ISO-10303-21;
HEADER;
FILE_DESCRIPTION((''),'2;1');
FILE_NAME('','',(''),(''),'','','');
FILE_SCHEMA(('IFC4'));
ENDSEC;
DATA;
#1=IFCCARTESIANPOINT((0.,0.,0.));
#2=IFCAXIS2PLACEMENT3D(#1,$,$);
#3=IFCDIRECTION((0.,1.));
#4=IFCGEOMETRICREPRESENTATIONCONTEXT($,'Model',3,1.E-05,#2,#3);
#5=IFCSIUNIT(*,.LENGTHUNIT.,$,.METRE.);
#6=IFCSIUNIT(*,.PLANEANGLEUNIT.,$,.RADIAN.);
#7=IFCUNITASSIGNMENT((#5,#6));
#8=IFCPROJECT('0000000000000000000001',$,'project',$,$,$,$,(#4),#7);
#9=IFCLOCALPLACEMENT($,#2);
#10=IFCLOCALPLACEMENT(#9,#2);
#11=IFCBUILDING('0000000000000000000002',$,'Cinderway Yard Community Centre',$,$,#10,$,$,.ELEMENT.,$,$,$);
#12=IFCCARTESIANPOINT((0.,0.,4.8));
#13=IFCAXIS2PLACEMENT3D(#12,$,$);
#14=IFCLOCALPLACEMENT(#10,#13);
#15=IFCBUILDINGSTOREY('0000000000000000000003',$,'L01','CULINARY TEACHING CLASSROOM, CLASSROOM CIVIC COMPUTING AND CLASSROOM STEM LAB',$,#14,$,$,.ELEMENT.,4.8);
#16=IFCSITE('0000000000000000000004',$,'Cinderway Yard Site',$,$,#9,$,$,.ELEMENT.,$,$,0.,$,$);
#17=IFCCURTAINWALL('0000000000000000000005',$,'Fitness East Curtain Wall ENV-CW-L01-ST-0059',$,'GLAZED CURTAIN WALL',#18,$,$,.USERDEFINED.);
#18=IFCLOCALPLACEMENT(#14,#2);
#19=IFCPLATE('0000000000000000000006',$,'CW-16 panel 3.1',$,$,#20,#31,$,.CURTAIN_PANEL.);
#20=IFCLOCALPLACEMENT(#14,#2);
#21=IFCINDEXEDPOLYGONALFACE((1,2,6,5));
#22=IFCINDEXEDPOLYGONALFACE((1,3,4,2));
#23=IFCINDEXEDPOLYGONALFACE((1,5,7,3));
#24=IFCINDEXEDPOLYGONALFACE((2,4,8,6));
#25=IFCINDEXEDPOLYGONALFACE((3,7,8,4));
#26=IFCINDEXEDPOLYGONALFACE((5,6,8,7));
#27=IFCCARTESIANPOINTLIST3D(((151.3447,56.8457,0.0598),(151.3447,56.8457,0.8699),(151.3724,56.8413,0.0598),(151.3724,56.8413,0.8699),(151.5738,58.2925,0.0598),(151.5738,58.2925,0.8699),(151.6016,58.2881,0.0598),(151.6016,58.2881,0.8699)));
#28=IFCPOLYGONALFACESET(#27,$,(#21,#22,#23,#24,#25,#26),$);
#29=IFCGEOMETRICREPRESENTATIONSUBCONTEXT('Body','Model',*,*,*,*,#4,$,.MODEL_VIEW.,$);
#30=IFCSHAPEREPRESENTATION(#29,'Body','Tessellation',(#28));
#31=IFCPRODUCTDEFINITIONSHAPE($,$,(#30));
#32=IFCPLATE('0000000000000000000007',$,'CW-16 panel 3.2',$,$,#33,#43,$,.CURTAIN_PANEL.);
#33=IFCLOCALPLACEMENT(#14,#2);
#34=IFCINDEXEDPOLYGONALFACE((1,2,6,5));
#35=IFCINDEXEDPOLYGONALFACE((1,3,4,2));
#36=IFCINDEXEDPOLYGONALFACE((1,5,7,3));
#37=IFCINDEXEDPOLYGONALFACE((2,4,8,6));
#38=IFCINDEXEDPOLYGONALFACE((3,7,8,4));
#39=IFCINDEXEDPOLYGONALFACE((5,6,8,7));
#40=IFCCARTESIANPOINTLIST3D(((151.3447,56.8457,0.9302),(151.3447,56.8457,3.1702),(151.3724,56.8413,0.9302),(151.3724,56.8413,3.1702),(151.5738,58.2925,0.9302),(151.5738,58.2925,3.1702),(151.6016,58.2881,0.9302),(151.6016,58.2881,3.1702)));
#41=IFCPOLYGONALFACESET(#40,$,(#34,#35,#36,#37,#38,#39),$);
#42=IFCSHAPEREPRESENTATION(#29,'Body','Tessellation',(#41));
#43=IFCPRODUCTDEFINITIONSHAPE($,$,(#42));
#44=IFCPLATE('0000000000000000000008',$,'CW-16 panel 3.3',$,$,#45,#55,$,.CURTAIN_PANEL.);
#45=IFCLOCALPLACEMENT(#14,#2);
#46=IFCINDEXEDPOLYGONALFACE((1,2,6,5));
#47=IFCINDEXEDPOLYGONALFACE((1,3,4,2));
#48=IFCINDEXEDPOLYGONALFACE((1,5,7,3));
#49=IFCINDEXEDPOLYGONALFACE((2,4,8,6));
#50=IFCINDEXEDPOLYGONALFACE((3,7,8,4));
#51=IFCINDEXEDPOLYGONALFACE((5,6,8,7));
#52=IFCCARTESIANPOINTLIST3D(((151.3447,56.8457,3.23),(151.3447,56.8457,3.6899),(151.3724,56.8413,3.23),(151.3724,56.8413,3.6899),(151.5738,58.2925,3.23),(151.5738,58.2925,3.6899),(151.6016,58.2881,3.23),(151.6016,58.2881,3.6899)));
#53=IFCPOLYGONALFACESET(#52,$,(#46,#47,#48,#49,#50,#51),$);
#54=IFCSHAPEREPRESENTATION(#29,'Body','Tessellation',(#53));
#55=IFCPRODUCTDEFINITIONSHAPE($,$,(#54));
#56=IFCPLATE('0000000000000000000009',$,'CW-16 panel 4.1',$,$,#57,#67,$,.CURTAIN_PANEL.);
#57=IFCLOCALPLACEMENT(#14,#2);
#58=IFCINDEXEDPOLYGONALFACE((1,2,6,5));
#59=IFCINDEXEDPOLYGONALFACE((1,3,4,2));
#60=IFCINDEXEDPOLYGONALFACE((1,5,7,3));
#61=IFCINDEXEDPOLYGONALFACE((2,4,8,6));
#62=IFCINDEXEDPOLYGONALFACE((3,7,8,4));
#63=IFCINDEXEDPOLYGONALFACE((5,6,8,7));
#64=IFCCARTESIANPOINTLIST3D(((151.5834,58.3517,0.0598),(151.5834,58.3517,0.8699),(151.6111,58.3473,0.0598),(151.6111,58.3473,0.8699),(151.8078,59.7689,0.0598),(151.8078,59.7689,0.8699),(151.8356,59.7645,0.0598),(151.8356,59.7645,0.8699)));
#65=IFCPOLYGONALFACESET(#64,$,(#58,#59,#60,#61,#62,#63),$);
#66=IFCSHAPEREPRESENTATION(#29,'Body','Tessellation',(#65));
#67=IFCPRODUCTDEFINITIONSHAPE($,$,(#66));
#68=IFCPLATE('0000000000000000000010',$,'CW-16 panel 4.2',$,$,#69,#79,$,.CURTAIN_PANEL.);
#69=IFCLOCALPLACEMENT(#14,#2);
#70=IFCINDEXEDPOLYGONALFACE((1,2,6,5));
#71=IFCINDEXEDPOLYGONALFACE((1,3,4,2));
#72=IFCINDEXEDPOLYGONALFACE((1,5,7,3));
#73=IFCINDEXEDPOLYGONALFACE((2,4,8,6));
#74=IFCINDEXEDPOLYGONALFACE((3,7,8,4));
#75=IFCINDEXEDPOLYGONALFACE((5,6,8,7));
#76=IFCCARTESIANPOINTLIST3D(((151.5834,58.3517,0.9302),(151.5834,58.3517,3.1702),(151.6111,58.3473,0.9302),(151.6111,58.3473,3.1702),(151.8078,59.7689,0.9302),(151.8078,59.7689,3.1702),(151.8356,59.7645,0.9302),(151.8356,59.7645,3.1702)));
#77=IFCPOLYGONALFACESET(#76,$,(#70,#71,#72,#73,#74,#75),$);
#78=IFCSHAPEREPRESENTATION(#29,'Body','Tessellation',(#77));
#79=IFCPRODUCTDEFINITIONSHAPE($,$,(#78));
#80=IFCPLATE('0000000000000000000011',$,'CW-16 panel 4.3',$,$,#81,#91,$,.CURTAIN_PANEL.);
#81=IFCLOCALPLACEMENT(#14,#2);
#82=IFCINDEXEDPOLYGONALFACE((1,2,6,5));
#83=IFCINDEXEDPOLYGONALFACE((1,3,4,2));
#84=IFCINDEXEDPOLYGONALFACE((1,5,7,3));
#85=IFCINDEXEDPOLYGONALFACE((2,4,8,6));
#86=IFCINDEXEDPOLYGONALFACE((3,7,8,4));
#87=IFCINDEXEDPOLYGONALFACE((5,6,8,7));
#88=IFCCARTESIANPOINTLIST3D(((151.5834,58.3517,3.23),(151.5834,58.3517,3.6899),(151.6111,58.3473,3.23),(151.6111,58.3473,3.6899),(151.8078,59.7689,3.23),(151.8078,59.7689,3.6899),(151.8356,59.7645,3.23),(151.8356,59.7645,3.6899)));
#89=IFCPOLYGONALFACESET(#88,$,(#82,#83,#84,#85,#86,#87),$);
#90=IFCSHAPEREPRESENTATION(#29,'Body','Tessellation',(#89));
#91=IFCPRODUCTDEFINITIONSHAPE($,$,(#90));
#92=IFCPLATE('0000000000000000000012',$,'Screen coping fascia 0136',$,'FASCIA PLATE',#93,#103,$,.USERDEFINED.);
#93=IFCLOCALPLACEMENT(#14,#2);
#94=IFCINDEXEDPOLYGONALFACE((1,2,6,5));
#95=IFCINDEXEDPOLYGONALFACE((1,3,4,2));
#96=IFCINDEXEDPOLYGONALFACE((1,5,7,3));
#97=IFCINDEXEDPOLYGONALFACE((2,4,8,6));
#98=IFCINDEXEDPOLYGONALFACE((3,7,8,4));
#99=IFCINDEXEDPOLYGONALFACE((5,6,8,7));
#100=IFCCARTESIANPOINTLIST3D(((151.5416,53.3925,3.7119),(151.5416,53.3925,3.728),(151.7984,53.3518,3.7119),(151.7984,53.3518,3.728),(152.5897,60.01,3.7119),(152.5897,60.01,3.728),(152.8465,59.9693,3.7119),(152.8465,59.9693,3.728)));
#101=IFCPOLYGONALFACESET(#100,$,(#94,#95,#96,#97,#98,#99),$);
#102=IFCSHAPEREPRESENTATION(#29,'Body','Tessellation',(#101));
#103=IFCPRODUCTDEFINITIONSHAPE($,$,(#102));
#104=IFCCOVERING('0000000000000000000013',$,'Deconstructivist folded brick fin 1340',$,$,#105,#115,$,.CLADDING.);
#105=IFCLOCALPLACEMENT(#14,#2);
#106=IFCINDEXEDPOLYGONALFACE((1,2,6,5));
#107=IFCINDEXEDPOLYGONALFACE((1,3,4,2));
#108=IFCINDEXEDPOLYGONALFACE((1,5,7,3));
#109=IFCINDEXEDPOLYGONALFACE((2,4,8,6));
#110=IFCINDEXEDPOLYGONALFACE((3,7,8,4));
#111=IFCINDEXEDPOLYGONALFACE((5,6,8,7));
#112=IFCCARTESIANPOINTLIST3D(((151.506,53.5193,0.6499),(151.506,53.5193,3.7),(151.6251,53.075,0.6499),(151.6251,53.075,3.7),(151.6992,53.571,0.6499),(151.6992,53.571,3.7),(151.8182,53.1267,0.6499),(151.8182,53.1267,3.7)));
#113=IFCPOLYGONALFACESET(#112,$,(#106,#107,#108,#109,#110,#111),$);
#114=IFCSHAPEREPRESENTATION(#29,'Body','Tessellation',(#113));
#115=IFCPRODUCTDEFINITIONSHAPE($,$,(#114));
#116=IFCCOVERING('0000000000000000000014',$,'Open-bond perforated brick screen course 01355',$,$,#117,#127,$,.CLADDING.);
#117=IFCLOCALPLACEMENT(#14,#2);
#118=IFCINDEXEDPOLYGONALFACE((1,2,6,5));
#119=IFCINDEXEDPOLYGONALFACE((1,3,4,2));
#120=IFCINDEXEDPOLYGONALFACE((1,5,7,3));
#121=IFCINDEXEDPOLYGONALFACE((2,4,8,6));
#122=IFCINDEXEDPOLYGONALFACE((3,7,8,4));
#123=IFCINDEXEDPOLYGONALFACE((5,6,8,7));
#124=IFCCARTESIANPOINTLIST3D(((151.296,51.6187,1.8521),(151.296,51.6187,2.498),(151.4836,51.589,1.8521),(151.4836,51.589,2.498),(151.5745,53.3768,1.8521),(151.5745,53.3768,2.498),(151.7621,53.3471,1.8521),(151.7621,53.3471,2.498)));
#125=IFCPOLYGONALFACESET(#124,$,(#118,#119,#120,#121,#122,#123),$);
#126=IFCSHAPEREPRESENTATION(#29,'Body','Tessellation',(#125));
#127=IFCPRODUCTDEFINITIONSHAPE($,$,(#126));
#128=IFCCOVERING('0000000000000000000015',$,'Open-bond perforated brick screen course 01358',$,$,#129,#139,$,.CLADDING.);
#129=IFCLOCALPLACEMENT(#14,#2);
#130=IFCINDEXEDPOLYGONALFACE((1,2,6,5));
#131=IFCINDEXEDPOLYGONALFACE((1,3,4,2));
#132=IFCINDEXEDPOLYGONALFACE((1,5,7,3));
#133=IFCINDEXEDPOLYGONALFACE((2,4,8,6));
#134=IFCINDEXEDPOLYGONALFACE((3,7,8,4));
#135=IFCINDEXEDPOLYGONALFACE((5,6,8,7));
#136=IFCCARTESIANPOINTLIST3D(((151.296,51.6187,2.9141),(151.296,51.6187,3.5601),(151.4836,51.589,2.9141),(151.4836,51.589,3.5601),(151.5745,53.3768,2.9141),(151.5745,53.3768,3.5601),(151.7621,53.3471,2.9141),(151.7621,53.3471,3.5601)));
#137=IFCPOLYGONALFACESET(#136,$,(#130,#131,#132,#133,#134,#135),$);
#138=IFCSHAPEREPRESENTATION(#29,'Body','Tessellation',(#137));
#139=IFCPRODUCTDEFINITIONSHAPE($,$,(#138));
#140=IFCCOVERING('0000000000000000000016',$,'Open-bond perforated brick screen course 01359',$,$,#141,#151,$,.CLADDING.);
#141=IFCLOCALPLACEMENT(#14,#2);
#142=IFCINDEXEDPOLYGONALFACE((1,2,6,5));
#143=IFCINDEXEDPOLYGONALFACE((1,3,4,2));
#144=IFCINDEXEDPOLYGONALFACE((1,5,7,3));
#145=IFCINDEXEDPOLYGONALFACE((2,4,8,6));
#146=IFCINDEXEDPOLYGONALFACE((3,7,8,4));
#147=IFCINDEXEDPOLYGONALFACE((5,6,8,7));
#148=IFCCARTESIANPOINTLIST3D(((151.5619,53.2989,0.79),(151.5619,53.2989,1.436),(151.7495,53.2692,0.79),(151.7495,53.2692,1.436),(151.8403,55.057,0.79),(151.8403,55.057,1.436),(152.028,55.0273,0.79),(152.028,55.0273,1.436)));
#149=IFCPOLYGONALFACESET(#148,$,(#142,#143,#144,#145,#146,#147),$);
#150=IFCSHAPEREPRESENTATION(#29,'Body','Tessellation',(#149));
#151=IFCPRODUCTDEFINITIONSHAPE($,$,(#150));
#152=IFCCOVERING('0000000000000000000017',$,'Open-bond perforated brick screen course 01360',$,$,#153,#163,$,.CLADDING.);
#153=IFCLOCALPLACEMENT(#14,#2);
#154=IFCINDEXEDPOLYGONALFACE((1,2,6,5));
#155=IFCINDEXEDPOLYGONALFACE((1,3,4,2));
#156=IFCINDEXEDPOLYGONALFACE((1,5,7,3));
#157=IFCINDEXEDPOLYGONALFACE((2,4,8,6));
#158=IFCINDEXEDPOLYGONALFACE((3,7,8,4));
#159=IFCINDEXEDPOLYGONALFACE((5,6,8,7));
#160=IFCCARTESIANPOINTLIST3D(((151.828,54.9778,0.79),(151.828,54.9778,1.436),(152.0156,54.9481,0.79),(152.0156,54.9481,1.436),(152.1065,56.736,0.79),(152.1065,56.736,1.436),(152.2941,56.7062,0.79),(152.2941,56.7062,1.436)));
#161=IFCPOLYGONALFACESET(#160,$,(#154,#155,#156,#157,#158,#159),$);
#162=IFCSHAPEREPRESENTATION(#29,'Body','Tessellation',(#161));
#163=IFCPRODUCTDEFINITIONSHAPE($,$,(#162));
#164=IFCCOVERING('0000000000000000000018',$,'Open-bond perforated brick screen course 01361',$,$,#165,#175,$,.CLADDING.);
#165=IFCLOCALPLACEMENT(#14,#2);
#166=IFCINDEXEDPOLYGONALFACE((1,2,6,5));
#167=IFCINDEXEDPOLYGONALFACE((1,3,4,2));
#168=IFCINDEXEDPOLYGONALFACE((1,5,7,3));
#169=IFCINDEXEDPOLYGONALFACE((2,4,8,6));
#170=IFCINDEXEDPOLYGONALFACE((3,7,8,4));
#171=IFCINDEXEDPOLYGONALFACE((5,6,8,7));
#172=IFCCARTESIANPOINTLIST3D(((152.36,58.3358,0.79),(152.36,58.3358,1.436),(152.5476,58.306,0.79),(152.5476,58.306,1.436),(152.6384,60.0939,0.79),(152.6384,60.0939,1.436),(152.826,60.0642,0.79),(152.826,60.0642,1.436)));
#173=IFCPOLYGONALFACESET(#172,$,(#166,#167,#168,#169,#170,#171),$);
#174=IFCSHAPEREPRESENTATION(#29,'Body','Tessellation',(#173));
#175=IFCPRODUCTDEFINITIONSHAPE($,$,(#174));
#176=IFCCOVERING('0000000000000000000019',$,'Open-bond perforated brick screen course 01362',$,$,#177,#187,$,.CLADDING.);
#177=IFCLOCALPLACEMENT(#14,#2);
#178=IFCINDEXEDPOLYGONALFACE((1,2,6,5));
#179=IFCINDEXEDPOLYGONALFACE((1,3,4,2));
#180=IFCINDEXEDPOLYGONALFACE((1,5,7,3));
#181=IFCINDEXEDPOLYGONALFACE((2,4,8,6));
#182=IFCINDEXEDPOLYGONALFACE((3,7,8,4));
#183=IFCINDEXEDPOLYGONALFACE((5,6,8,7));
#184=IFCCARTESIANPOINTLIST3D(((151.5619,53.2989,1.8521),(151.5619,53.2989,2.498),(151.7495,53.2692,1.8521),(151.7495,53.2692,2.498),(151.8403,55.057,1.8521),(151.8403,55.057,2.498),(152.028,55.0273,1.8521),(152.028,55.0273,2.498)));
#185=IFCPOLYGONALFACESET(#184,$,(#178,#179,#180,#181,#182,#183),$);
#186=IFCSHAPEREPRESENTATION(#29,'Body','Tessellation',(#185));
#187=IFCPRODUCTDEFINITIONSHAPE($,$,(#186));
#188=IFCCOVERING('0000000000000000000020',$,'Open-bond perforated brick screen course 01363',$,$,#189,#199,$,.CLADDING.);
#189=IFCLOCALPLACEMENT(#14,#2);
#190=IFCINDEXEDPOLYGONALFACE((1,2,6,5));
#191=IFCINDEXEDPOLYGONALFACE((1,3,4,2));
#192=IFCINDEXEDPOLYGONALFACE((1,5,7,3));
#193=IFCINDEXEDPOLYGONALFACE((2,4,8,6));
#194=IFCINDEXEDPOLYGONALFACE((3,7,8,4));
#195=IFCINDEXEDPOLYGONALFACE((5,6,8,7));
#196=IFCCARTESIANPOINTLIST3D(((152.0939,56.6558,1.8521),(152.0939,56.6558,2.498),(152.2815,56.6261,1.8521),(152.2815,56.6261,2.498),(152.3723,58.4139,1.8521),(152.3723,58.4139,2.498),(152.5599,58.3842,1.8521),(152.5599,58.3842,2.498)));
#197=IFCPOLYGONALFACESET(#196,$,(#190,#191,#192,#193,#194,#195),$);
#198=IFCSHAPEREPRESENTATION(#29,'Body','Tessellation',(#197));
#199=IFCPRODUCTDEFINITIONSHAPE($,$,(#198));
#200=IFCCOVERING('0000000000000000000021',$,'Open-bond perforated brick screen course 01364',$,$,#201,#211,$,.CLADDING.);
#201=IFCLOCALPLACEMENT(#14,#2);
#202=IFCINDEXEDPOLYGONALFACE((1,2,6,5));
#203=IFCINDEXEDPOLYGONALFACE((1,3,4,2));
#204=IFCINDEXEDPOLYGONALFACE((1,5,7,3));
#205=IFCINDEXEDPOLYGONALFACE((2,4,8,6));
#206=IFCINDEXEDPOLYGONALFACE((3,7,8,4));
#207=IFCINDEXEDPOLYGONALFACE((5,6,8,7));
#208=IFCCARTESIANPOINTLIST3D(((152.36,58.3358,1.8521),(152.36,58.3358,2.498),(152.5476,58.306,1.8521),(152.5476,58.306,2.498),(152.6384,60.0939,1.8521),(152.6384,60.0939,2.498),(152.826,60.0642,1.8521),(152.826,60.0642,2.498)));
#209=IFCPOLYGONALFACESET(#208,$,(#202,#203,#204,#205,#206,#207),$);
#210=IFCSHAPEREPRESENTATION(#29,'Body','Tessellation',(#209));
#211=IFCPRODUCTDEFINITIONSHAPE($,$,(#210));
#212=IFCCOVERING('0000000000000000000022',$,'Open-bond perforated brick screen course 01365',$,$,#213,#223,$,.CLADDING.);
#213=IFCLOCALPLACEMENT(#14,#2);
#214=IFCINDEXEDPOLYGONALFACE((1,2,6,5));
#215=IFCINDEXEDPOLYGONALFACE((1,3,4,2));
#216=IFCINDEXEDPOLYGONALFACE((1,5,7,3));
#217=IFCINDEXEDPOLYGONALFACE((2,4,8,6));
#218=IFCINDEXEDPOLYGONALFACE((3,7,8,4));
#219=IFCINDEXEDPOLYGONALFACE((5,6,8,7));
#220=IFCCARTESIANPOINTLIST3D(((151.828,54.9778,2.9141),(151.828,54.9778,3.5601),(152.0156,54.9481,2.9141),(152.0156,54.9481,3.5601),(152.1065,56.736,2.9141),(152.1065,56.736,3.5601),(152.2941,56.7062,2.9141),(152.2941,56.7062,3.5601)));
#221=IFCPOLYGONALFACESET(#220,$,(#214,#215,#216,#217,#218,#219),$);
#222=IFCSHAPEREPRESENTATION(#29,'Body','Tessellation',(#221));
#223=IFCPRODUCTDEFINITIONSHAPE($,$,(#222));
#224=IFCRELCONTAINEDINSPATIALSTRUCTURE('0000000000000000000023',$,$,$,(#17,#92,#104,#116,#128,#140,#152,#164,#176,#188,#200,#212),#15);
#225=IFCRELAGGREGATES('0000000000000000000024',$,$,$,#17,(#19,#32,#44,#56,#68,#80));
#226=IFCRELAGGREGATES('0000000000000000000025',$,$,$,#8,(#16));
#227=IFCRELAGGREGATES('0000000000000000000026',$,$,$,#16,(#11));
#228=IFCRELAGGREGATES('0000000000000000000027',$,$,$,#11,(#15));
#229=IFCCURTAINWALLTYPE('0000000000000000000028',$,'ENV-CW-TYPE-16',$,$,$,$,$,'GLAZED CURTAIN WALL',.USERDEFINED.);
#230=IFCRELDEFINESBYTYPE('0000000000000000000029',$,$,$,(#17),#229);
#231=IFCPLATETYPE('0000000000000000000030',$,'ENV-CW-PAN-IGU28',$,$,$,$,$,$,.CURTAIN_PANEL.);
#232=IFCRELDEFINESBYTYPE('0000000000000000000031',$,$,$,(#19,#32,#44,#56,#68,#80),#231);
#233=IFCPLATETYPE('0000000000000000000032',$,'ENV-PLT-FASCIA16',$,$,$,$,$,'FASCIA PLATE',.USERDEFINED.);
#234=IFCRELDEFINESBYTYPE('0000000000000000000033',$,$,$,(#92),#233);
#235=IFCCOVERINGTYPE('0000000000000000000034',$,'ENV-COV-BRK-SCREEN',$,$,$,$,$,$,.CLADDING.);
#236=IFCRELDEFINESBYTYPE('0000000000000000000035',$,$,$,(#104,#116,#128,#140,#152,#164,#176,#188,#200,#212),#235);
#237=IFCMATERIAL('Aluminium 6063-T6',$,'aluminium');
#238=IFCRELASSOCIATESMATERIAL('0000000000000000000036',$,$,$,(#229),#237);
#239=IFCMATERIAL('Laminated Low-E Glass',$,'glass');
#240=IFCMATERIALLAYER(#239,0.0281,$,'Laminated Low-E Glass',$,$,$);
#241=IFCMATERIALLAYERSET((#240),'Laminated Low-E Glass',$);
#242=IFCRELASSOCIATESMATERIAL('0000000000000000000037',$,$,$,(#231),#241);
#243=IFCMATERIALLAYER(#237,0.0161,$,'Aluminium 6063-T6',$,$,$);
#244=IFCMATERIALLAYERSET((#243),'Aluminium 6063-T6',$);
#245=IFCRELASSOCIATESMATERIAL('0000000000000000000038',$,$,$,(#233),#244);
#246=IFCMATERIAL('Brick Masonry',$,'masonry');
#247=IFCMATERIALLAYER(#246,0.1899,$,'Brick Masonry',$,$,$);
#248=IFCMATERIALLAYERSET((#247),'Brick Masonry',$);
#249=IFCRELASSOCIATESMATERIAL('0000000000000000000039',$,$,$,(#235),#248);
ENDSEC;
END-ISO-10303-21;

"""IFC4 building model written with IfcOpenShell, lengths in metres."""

from ifc_helpers import new_model, si_unit, direction, frame, origin, origin_2d, place, context, subcontext, project, spatial, rectangle, extrude, material, layer, layer_set, type_object, element, aggregate, save


model = new_model("IFC4")

# Units and contexts
model_context = context("Model", 3, precision=1e-05, world=origin(), true_north=direction((0.0, 1.0)))
body_context = subcontext(model_context, "Body", "Model", "MODEL_VIEW")
ifc_project = project(units=[si_unit("LENGTHUNIT", "METRE"), si_unit("PLANEANGLEUNIT", "RADIAN")], contexts=[model_context])

# Site, building, storey
site_placement = place(None, origin())
site = spatial("IfcSite", under=ifc_project, at=site_placement, Name="Cinderway Yard Site", CompositionType="ELEMENT", RefElevation=0.0)
building_placement = place(site_placement, origin())
building = spatial("IfcBuilding", under=site, at=building_placement, Name="Cinderway Yard Community Centre", CompositionType="ELEMENT")
storey_placement = place(building_placement, frame((0.0, 0.0, 4.8)))
storey = spatial("IfcBuildingStorey", under=building, at=storey_placement, Name="L01", Description="CULINARY TEACHING CLASSROOM, CLASSROOM CIVIC COMPUTING AND CLASSROOM STEM LAB", CompositionType="ELEMENT", Elevation=4.8)

# Curtain wall
ifc_material_1 = material(Name="Aluminium 6063-T6", Category="aluminium")
curtain_wall_type = type_object("IfcCurtainWallType", Name="ENV-CW-TYPE-16", ElementType="GLAZED CURTAIN WALL", PredefinedType="USERDEFINED", material=ifc_material_1)
curtain_wall_placement = place(storey_placement, origin())
curtain_wall = element("IfcCurtainWall", 1, at=curtain_wall_placement, inside=storey, type_object=curtain_wall_type, Name="Fitness East Curtain Wall ENV-CW-L01-ST-0059", ObjectType="GLAZED CURTAIN WALL", PredefinedType="USERDEFINED")

# Plates
ifc_material_2 = material(Name="Laminated Low-E Glass", Category="glass")
ifc_layer_1 = layer(ifc_material_2, 0.0281, Name="Laminated Low-E Glass")
ifc_layer_set_1 = layer_set([ifc_layer_1], Name="Laminated Low-E Glass")
plate_type_1 = type_object("IfcPlateType", Name="ENV-CW-PAN-IGU28", PredefinedType="CURTAIN_PANEL", material=ifc_layer_set_1)
plate_1_placement = place(storey_placement, frame((151.4731, 57.5669, 0.0598), z_axis=(0.0, 0.0, 1.0), x_axis=(0.156417, 0.987691, 0.0)))
plate_1 = element("IfcPlate", 2, at=plate_1_placement, type_object=plate_type_1, Name="CW-16 panel 3.1", PredefinedType="CURTAIN_PANEL", context=body_context, shape_type="SweptSolid", body=[
    extrude(rectangle(XDim=1.4648, YDim=0.0281, at=origin_2d()), origin(), (0.0, 0.0, 1.0), 0.8101),
])
plate_2_placement = place(storey_placement, frame((151.4731, 57.5669, 0.9302), z_axis=(0.0, 0.0, 1.0), x_axis=(0.156417, 0.987691, 0.0)))
plate_2 = element("IfcPlate", 3, at=plate_2_placement, type_object=plate_type_1, Name="CW-16 panel 3.2", PredefinedType="CURTAIN_PANEL", context=body_context, shape_type="SweptSolid", body=[
    extrude(rectangle(XDim=1.4648, YDim=0.0281, at=origin_2d()), origin(), (0.0, 0.0, 1.0), 2.24),
])
plate_3_placement = place(storey_placement, frame((151.4731, 57.5669, 3.23), z_axis=(0.0, 0.0, 1.0), x_axis=(0.156417, 0.987691, 0.0)))
plate_3 = element("IfcPlate", 4, at=plate_3_placement, type_object=plate_type_1, Name="CW-16 panel 3.3", PredefinedType="CURTAIN_PANEL", context=body_context, shape_type="SweptSolid", body=[
    extrude(rectangle(XDim=1.4648, YDim=0.0281, at=origin_2d()), origin(), (0.0, 0.0, 1.0), 0.46),
])
plate_4_placement = place(storey_placement, frame((151.7095, 59.0581, 0.0598), z_axis=(0.0, 0.0, 1.0), x_axis=(0.156417, 0.987691, 0.0)))
plate_4 = element("IfcPlate", 5, at=plate_4_placement, type_object=plate_type_1, Name="CW-16 panel 4.1", PredefinedType="CURTAIN_PANEL", context=body_context, shape_type="SweptSolid", body=[
    extrude(rectangle(XDim=1.4348, YDim=0.0281, at=origin_2d()), origin(), (0.0, 0.0, 1.0), 0.8101),
])
plate_5_placement = place(storey_placement, frame((151.7095, 59.0581, 0.9302), z_axis=(0.0, 0.0, 1.0), x_axis=(0.156417, 0.987691, 0.0)))
plate_5 = element("IfcPlate", 6, at=plate_5_placement, type_object=plate_type_1, Name="CW-16 panel 4.2", PredefinedType="CURTAIN_PANEL", context=body_context, shape_type="SweptSolid", body=[
    extrude(rectangle(XDim=1.4348, YDim=0.0281, at=origin_2d()), origin(), (0.0, 0.0, 1.0), 2.24),
])
plate_6_placement = place(storey_placement, frame((151.7095, 59.0581, 3.23), z_axis=(0.0, 0.0, 1.0), x_axis=(0.156417, 0.987691, 0.0)))
plate_6 = element("IfcPlate", 7, at=plate_6_placement, type_object=plate_type_1, Name="CW-16 panel 4.3", PredefinedType="CURTAIN_PANEL", context=body_context, shape_type="SweptSolid", body=[
    extrude(rectangle(XDim=1.4348, YDim=0.0281, at=origin_2d()), origin(), (0.0, 0.0, 1.0), 0.46),
])
aggregate(curtain_wall, [plate_1, plate_2, plate_3, plate_4, plate_5, plate_6])
ifc_layer_2 = layer(ifc_material_1, 0.0161, Name="Aluminium 6063-T6")
ifc_layer_set_2 = layer_set([ifc_layer_2], Name="Aluminium 6063-T6")
plate_type_2 = type_object("IfcPlateType", Name="ENV-PLT-FASCIA16", ElementType="FASCIA PLATE", PredefinedType="USERDEFINED", material=ifc_layer_set_2)
plate_7_placement = place(storey_placement, frame((152.1941, 56.6809, 3.7119), z_axis=(0.0, 0.0, 1.0), x_axis=(-0.156434, -0.987688, 0.0)))
element("IfcPlate", 8, at=plate_7_placement, inside=storey, type_object=plate_type_2, Name="Screen coping fascia 0136", ObjectType="FASCIA PLATE", PredefinedType="USERDEFINED", context=body_context, shape_type="SweptSolid", body=[
    extrude(rectangle(XDim=6.7, YDim=0.26, at=origin_2d()), origin(), (0.0, 0.0, 1.0), 0.0161),
])

# Coverings
ifc_material_3 = material(Name="Brick Masonry", Category="masonry")
ifc_layer_3 = layer(ifc_material_3, 0.1899, Name="Brick Masonry")
ifc_layer_set_3 = layer_set([ifc_layer_3], Name="Brick Masonry")
covering_type = type_object("IfcCoveringType", Name="ENV-COV-BRK-SCREEN", PredefinedType="CLADDING", material=ifc_layer_set_3)
covering_placement = place(storey_placement, frame((151.6621, 53.323, 0.6499), z_axis=(0.0, 0.0, 1.0), x_axis=(0.258819, -0.965926, 0.0)))
element("IfcCovering", 9, at=covering_placement, inside=storey, type_object=covering_type, Name="Deconstructivist folded brick fin 1340", PredefinedType="CLADDING", context=body_context, shape_type="SweptSolid", body=[
    extrude(rectangle(XDim=0.46, YDim=0.2, at=origin_2d()), origin(), (0.0, 0.0, 1.0), 3.05),
])
for number, where, z_axis, x_axis, name in (
    (10, (151.5291, 52.4829, 1.8521), (0.0, 0.0, 1.0), (-0.156434, -0.987688, 0.0), "Open-bond perforated brick screen course 01355"),
    (11, (151.5291, 52.4829, 2.9141), (0.0, 0.0, 1.0), (-0.156434, -0.987688, 0.0), "Open-bond perforated brick screen course 01358"),
    (12, (151.7949, 54.1631, 0.79), (0.0, 0.0, 1.0), (-0.156434, -0.987688, 0.0), "Open-bond perforated brick screen course 01359"),
    (13, (152.061, 55.842, 0.79), (0.0, 0.0, 1.0), (-0.156434, -0.987688, 0.0), "Open-bond perforated brick screen course 01360"),
    (14, (152.593, 59.2, 0.79), (0.0, 0.0, 1.0), (-0.156434, -0.987688, 0.0), "Open-bond perforated brick screen course 01361"),
    (15, (151.7949, 54.1631, 1.8521), (0.0, 0.0, 1.0), (-0.156434, -0.987688, 0.0), "Open-bond perforated brick screen course 01362"),
    (16, (152.3269, 57.52, 1.8521), (0.0, 0.0, 1.0), (-0.156434, -0.987688, 0.0), "Open-bond perforated brick screen course 01363"),
    (17, (152.593, 59.2, 1.8521), (0.0, 0.0, 1.0), (-0.156434, -0.987688, 0.0), "Open-bond perforated brick screen course 01364"),
    (18, (152.061, 55.842, 2.9141), (0.0, 0.0, 1.0), (-0.156434, -0.987688, 0.0), "Open-bond perforated brick screen course 01365"),
):
    element("IfcCovering", number, at=place(storey_placement, frame(where, z_axis=z_axis, x_axis=x_axis)), inside=storey, type_object=covering_type, Name=name, PredefinedType="CLADDING", context=body_context, shape_type="SweptSolid", body=[
        extrude(rectangle(XDim=1.78, YDim=0.1899, at=origin_2d()), origin(), (0.0, 0.0, 1.0), 0.646),
    ])

save(model, "model.ifc")
